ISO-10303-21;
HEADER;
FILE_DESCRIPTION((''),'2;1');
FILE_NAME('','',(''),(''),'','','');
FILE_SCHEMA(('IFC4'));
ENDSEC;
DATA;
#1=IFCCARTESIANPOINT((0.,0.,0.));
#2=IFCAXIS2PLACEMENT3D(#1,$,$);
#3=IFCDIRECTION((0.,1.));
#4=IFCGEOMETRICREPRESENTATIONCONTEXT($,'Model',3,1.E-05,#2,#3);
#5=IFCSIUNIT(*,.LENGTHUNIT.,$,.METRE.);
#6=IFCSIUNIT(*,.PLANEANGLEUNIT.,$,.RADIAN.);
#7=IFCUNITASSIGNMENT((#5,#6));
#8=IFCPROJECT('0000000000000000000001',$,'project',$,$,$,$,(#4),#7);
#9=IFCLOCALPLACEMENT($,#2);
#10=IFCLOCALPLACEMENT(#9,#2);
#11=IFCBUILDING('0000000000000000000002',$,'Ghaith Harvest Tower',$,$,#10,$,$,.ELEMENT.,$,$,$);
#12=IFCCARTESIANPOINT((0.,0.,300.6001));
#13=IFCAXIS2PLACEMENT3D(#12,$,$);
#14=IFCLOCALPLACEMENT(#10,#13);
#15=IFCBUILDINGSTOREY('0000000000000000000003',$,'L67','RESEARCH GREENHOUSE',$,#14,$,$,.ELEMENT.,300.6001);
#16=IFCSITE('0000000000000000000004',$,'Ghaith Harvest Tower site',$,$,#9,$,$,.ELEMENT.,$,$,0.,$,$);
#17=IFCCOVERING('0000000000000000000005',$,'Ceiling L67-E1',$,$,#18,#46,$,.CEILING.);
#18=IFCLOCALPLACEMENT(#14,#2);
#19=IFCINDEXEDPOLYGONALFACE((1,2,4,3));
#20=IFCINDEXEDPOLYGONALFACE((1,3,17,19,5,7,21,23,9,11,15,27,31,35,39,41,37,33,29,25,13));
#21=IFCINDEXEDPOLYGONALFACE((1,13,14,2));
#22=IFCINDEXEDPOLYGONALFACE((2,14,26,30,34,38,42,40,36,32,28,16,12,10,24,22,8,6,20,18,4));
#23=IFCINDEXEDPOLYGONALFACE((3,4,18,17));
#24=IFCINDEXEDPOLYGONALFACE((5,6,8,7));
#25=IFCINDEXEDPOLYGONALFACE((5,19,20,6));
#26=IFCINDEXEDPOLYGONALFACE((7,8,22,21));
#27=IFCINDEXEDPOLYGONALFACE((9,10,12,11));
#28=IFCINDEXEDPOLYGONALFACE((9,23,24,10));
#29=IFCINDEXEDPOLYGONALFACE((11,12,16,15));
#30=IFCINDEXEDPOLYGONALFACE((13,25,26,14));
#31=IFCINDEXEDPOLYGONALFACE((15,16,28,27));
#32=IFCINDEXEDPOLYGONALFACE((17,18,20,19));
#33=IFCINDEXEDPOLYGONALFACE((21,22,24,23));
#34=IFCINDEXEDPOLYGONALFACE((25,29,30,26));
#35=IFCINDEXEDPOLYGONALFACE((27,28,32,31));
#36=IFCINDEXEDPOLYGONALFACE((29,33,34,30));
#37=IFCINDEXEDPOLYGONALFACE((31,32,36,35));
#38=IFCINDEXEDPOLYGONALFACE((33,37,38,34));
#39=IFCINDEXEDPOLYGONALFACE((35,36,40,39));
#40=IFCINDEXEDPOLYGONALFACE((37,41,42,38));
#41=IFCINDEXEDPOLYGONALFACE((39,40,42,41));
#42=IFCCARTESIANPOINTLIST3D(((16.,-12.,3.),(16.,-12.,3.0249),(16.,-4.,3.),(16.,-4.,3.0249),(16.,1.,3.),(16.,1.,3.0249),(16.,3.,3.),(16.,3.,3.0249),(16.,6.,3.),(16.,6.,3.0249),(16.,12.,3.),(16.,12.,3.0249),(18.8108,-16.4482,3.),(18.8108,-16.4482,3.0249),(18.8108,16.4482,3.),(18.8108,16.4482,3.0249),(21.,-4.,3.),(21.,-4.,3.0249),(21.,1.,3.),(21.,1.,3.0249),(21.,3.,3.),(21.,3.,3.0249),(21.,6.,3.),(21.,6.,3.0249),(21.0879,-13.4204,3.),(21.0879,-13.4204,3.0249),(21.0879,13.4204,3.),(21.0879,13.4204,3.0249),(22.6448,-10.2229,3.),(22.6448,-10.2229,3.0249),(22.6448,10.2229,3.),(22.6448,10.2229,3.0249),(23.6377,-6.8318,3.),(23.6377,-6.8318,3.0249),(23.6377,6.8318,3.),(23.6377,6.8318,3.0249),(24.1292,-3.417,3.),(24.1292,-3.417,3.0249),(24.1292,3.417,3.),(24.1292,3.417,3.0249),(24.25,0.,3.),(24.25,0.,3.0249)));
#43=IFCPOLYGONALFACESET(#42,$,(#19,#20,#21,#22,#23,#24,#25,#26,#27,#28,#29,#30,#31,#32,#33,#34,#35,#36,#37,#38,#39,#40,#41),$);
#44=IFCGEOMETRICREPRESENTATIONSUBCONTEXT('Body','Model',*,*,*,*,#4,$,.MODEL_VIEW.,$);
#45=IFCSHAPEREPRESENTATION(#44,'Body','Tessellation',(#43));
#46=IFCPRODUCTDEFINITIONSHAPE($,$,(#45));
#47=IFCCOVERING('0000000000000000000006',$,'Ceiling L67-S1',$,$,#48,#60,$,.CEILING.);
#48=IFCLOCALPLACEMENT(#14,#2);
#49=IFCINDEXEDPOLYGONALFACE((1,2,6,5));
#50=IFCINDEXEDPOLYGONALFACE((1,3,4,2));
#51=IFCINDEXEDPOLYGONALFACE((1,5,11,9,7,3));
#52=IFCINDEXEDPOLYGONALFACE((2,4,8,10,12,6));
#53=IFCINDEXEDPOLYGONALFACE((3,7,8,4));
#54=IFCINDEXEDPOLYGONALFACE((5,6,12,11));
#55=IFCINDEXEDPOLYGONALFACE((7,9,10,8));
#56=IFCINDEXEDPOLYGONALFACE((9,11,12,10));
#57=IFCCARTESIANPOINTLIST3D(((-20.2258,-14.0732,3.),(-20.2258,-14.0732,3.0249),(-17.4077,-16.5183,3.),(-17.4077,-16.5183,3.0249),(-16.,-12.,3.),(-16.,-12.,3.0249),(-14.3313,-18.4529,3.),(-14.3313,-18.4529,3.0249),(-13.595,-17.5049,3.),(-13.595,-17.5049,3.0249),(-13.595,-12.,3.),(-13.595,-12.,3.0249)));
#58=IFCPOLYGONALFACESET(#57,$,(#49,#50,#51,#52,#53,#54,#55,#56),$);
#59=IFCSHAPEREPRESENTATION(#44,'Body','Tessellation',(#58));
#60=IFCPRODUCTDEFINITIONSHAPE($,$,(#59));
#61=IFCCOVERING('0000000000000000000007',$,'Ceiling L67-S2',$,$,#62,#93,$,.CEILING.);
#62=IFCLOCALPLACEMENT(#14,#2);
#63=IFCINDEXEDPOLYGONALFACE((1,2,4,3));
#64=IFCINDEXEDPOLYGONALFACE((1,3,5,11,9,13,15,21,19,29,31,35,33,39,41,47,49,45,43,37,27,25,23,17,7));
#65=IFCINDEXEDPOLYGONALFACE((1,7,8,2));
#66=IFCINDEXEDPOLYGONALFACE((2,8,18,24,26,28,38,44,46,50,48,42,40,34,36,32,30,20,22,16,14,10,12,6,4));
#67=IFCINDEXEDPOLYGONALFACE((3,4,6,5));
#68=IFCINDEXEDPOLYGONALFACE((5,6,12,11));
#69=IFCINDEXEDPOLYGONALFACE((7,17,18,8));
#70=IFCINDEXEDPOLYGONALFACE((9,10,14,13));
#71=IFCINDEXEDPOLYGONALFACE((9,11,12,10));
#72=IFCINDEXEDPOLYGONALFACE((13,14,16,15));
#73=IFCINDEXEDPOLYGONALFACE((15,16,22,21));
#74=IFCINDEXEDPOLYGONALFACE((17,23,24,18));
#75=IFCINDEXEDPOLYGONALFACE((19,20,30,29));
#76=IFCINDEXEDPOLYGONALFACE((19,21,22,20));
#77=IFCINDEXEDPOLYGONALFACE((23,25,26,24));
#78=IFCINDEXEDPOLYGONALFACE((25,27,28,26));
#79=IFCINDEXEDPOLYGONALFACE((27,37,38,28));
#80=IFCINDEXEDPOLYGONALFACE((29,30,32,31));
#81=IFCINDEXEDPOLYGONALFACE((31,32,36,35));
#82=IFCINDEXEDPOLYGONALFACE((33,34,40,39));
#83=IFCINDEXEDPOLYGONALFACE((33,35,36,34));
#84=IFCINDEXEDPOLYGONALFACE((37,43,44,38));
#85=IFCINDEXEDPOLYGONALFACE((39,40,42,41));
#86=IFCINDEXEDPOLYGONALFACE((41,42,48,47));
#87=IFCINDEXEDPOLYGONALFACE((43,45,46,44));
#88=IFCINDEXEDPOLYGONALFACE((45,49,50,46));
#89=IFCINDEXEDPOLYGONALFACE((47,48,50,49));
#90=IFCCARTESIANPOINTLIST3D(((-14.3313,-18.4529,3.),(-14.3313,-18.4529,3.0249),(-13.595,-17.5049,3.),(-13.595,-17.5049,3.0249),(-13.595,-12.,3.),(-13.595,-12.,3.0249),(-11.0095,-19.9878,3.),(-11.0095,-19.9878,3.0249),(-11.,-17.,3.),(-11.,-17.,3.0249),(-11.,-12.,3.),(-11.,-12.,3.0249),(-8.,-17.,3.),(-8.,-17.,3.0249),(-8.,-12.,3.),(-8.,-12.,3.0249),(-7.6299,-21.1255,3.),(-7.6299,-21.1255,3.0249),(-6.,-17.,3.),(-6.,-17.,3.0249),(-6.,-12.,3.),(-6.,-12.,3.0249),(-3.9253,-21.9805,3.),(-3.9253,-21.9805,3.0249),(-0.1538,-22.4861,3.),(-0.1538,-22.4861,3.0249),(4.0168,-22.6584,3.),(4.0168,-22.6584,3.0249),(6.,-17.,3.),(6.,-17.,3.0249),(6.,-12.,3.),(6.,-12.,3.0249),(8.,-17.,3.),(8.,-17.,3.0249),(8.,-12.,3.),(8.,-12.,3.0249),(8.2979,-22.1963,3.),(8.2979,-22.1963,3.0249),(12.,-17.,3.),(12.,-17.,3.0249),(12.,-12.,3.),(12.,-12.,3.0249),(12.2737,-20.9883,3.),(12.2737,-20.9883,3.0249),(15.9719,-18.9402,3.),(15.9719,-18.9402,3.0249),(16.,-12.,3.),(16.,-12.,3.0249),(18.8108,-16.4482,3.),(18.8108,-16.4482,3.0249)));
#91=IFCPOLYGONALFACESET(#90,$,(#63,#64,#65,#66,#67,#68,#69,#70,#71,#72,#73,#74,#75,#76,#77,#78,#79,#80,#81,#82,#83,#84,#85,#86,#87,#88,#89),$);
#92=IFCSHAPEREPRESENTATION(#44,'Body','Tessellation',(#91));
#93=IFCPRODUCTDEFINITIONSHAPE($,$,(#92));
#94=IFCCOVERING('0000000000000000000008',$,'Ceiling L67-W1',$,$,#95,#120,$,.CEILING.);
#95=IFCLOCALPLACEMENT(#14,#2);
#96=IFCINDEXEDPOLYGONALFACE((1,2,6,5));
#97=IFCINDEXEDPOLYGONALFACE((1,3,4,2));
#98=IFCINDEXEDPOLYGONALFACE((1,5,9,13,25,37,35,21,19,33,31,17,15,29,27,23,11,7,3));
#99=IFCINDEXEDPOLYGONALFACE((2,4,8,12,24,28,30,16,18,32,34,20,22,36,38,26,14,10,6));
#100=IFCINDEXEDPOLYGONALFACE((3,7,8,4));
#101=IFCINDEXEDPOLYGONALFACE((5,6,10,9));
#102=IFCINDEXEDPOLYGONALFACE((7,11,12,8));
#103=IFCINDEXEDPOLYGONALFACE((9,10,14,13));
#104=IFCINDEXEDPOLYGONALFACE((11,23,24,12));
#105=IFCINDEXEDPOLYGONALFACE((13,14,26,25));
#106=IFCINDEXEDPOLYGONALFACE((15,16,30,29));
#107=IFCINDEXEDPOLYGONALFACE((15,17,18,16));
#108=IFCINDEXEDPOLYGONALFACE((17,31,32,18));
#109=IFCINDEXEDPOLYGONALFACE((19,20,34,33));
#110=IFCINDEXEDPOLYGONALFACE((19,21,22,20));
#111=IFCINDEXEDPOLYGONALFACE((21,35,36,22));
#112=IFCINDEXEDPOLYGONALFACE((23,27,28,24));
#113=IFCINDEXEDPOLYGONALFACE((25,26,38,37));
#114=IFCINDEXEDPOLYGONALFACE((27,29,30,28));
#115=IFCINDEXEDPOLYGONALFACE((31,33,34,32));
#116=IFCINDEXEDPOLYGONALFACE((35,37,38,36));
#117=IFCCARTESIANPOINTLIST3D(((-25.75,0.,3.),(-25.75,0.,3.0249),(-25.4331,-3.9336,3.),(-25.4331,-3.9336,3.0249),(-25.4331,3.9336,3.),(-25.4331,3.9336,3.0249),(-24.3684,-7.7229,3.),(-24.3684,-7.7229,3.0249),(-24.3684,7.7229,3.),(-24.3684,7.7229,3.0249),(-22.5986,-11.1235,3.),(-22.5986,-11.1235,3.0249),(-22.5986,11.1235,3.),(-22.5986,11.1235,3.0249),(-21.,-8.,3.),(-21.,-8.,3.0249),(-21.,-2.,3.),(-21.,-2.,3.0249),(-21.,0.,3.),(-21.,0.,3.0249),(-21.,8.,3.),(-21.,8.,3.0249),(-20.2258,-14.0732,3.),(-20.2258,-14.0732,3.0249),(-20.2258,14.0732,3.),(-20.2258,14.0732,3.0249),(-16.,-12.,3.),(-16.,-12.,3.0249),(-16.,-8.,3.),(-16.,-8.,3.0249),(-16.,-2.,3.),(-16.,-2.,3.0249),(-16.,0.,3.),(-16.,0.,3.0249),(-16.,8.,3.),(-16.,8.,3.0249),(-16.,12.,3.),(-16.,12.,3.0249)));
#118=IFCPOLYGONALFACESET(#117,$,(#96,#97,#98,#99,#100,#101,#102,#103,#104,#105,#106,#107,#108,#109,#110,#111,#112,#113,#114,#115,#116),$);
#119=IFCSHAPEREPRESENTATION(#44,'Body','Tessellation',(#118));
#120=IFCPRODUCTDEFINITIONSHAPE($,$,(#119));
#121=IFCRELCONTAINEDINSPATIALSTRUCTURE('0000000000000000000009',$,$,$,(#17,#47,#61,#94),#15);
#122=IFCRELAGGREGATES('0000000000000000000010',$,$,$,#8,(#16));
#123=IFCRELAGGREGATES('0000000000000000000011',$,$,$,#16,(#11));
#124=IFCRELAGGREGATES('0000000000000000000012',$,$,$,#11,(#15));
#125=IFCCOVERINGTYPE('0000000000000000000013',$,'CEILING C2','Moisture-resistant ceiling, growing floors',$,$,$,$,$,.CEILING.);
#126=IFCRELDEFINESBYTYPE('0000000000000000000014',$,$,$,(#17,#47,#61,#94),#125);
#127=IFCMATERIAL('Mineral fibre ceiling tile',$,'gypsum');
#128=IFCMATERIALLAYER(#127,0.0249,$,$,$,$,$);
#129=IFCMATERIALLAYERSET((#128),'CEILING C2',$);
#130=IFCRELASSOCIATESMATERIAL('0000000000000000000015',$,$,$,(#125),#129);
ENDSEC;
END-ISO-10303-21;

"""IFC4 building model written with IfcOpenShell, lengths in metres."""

from ifc_helpers import new_model, si_unit, direction, frame, origin, place, context, subcontext, project, spatial, polyline, outline, extrude, material, layer, layer_set, type_object, element, save


model = new_model("IFC4")

# Units and contexts
model_context = context("Model", 3, precision=1e-05, world=origin(), true_north=direction((0.0, 1.0)))
body_context = subcontext(model_context, "Body", "Model", "MODEL_VIEW")
ifc_project = project(units=[si_unit("LENGTHUNIT", "METRE"), si_unit("PLANEANGLEUNIT", "RADIAN")], contexts=[model_context])

# Site, building, storey
site_placement = place(None, origin())
site = spatial("IfcSite", under=ifc_project, at=site_placement, Name="Ghaith Harvest Tower site", CompositionType="ELEMENT", RefElevation=0.0)
building_placement = place(site_placement, origin())
building = spatial("IfcBuilding", under=site, at=building_placement, Name="Ghaith Harvest Tower", CompositionType="ELEMENT")
storey_placement = place(building_placement, frame((0.0, 0.0, 300.6001)))
storey = spatial("IfcBuildingStorey", under=building, at=storey_placement, Name="L67", Description="RESEARCH GREENHOUSE", CompositionType="ELEMENT", Elevation=300.6001)

# Coverings
ifc_material_1 = material(Name="Mineral fibre ceiling tile", Category="gypsum")
ifc_layer_1 = layer(ifc_material_1, 0.0249)
ifc_layer_set_1 = layer_set([ifc_layer_1], Name="CEILING C2")
covering_type = type_object("IfcCoveringType", Name="CEILING C2", Description="Moisture-resistant ceiling, growing floors", PredefinedType="CEILING", material=ifc_layer_set_1)
covering_1_placement = place(storey_placement, frame((0.0, 0.0, 3.0)))
element("IfcCovering", 1, at=covering_1_placement, inside=storey, type_object=covering_type, Name="Ceiling L67-E1", PredefinedType="CEILING", context=body_context, shape_type="SweptSolid", body=[
    extrude(outline(polyline([(21.0879, 13.4204), (22.6448, 10.2229), (23.6377, 6.8318), (24.1292, 3.417), (24.25, 0.0), (24.1292, -3.417), (23.6377, -6.8318), (22.6448, -10.2229), (21.0879, -13.4204), (18.8108, -16.4482), (16.0, -12.0), (16.0, -4.0), (21.0, -4.0), (21.0, 1.0), (16.0, 1.0), (16.0, 3.0), (21.0, 3.0), (21.0, 6.0), (16.0, 6.0), (16.0, 12.0), (18.8108, 16.4482), (21.0879, 13.4204)])), origin(), (0.0, 0.0, 1.0), 0.0249),
])
covering_2_placement = place(storey_placement, frame((0.0, 0.0, 3.0)))
element("IfcCovering", 2, at=covering_2_placement, inside=storey, type_object=covering_type, Name="Ceiling L67-S1", PredefinedType="CEILING", context=body_context, shape_type="SweptSolid", body=[
    extrude(outline(polyline([(-20.2258, -14.0732), (-16.0, -12.0), (-13.595, -12.0), (-13.595, -17.5049), (-14.3313, -18.4529), (-17.4077, -16.5183), (-20.2258, -14.0732)])), origin(), (0.0, 0.0, 1.0), 0.0249),
])
covering_3_placement = place(storey_placement, frame((0.0, 0.0, 3.0)))
element("IfcCovering", 3, at=covering_3_placement, inside=storey, type_object=covering_type, Name="Ceiling L67-S2", PredefinedType="CEILING", context=body_context, shape_type="SweptSolid", body=[
    extrude(outline(polyline([(-13.595, -12.0), (-11.0, -12.0), (-11.0, -17.0), (-8.0, -17.0), (-8.0, -12.0), (-6.0, -12.0), (-6.0, -17.0), (6.0, -17.0), (6.0, -12.0), (8.0, -12.0), (8.0, -17.0), (12.0, -17.0), (12.0, -12.0), (16.0, -12.0), (18.8108, -16.4482), (15.9719, -18.9402), (12.2737, -20.9883), (8.2979, -22.1963), (4.0168, -22.6584), (-0.1538, -22.4861), (-3.9253, -21.9805), (-7.6299, -21.1255), (-11.0095, -19.9878), (-14.3313, -18.4529), (-14.3313, -18.4529), (-13.595, -17.5049), (-13.595, -12.0)])), origin(), (0.0, 0.0, 1.0), 0.0249),
])
covering_4_placement = place(storey_placement, frame((0.0, 0.0, 3.0)))
element("IfcCovering", 4, at=covering_4_placement, inside=storey, type_object=covering_type, Name="Ceiling L67-W1", PredefinedType="CEILING", context=body_context, shape_type="SweptSolid", body=[
    extrude(outline(polyline([(-22.5986, -11.1235), (-24.3684, -7.7229), (-25.4331, -3.9336), (-25.75, 0.0), (-25.4331, 3.9336), (-24.3684, 7.7229), (-22.5986, 11.1235), (-20.2258, 14.0732), (-16.0, 12.0), (-16.0, 8.0), (-21.0, 8.0), (-21.0, 0.0), (-16.0, 0.0), (-16.0, -2.0), (-21.0, -2.0), (-21.0, -8.0), (-16.0, -8.0), (-16.0, -12.0), (-20.2258, -14.0732), (-22.5986, -11.1235)])), origin(), (0.0, 0.0, 1.0), 0.0249),
])

save(model, "model.ifc")
